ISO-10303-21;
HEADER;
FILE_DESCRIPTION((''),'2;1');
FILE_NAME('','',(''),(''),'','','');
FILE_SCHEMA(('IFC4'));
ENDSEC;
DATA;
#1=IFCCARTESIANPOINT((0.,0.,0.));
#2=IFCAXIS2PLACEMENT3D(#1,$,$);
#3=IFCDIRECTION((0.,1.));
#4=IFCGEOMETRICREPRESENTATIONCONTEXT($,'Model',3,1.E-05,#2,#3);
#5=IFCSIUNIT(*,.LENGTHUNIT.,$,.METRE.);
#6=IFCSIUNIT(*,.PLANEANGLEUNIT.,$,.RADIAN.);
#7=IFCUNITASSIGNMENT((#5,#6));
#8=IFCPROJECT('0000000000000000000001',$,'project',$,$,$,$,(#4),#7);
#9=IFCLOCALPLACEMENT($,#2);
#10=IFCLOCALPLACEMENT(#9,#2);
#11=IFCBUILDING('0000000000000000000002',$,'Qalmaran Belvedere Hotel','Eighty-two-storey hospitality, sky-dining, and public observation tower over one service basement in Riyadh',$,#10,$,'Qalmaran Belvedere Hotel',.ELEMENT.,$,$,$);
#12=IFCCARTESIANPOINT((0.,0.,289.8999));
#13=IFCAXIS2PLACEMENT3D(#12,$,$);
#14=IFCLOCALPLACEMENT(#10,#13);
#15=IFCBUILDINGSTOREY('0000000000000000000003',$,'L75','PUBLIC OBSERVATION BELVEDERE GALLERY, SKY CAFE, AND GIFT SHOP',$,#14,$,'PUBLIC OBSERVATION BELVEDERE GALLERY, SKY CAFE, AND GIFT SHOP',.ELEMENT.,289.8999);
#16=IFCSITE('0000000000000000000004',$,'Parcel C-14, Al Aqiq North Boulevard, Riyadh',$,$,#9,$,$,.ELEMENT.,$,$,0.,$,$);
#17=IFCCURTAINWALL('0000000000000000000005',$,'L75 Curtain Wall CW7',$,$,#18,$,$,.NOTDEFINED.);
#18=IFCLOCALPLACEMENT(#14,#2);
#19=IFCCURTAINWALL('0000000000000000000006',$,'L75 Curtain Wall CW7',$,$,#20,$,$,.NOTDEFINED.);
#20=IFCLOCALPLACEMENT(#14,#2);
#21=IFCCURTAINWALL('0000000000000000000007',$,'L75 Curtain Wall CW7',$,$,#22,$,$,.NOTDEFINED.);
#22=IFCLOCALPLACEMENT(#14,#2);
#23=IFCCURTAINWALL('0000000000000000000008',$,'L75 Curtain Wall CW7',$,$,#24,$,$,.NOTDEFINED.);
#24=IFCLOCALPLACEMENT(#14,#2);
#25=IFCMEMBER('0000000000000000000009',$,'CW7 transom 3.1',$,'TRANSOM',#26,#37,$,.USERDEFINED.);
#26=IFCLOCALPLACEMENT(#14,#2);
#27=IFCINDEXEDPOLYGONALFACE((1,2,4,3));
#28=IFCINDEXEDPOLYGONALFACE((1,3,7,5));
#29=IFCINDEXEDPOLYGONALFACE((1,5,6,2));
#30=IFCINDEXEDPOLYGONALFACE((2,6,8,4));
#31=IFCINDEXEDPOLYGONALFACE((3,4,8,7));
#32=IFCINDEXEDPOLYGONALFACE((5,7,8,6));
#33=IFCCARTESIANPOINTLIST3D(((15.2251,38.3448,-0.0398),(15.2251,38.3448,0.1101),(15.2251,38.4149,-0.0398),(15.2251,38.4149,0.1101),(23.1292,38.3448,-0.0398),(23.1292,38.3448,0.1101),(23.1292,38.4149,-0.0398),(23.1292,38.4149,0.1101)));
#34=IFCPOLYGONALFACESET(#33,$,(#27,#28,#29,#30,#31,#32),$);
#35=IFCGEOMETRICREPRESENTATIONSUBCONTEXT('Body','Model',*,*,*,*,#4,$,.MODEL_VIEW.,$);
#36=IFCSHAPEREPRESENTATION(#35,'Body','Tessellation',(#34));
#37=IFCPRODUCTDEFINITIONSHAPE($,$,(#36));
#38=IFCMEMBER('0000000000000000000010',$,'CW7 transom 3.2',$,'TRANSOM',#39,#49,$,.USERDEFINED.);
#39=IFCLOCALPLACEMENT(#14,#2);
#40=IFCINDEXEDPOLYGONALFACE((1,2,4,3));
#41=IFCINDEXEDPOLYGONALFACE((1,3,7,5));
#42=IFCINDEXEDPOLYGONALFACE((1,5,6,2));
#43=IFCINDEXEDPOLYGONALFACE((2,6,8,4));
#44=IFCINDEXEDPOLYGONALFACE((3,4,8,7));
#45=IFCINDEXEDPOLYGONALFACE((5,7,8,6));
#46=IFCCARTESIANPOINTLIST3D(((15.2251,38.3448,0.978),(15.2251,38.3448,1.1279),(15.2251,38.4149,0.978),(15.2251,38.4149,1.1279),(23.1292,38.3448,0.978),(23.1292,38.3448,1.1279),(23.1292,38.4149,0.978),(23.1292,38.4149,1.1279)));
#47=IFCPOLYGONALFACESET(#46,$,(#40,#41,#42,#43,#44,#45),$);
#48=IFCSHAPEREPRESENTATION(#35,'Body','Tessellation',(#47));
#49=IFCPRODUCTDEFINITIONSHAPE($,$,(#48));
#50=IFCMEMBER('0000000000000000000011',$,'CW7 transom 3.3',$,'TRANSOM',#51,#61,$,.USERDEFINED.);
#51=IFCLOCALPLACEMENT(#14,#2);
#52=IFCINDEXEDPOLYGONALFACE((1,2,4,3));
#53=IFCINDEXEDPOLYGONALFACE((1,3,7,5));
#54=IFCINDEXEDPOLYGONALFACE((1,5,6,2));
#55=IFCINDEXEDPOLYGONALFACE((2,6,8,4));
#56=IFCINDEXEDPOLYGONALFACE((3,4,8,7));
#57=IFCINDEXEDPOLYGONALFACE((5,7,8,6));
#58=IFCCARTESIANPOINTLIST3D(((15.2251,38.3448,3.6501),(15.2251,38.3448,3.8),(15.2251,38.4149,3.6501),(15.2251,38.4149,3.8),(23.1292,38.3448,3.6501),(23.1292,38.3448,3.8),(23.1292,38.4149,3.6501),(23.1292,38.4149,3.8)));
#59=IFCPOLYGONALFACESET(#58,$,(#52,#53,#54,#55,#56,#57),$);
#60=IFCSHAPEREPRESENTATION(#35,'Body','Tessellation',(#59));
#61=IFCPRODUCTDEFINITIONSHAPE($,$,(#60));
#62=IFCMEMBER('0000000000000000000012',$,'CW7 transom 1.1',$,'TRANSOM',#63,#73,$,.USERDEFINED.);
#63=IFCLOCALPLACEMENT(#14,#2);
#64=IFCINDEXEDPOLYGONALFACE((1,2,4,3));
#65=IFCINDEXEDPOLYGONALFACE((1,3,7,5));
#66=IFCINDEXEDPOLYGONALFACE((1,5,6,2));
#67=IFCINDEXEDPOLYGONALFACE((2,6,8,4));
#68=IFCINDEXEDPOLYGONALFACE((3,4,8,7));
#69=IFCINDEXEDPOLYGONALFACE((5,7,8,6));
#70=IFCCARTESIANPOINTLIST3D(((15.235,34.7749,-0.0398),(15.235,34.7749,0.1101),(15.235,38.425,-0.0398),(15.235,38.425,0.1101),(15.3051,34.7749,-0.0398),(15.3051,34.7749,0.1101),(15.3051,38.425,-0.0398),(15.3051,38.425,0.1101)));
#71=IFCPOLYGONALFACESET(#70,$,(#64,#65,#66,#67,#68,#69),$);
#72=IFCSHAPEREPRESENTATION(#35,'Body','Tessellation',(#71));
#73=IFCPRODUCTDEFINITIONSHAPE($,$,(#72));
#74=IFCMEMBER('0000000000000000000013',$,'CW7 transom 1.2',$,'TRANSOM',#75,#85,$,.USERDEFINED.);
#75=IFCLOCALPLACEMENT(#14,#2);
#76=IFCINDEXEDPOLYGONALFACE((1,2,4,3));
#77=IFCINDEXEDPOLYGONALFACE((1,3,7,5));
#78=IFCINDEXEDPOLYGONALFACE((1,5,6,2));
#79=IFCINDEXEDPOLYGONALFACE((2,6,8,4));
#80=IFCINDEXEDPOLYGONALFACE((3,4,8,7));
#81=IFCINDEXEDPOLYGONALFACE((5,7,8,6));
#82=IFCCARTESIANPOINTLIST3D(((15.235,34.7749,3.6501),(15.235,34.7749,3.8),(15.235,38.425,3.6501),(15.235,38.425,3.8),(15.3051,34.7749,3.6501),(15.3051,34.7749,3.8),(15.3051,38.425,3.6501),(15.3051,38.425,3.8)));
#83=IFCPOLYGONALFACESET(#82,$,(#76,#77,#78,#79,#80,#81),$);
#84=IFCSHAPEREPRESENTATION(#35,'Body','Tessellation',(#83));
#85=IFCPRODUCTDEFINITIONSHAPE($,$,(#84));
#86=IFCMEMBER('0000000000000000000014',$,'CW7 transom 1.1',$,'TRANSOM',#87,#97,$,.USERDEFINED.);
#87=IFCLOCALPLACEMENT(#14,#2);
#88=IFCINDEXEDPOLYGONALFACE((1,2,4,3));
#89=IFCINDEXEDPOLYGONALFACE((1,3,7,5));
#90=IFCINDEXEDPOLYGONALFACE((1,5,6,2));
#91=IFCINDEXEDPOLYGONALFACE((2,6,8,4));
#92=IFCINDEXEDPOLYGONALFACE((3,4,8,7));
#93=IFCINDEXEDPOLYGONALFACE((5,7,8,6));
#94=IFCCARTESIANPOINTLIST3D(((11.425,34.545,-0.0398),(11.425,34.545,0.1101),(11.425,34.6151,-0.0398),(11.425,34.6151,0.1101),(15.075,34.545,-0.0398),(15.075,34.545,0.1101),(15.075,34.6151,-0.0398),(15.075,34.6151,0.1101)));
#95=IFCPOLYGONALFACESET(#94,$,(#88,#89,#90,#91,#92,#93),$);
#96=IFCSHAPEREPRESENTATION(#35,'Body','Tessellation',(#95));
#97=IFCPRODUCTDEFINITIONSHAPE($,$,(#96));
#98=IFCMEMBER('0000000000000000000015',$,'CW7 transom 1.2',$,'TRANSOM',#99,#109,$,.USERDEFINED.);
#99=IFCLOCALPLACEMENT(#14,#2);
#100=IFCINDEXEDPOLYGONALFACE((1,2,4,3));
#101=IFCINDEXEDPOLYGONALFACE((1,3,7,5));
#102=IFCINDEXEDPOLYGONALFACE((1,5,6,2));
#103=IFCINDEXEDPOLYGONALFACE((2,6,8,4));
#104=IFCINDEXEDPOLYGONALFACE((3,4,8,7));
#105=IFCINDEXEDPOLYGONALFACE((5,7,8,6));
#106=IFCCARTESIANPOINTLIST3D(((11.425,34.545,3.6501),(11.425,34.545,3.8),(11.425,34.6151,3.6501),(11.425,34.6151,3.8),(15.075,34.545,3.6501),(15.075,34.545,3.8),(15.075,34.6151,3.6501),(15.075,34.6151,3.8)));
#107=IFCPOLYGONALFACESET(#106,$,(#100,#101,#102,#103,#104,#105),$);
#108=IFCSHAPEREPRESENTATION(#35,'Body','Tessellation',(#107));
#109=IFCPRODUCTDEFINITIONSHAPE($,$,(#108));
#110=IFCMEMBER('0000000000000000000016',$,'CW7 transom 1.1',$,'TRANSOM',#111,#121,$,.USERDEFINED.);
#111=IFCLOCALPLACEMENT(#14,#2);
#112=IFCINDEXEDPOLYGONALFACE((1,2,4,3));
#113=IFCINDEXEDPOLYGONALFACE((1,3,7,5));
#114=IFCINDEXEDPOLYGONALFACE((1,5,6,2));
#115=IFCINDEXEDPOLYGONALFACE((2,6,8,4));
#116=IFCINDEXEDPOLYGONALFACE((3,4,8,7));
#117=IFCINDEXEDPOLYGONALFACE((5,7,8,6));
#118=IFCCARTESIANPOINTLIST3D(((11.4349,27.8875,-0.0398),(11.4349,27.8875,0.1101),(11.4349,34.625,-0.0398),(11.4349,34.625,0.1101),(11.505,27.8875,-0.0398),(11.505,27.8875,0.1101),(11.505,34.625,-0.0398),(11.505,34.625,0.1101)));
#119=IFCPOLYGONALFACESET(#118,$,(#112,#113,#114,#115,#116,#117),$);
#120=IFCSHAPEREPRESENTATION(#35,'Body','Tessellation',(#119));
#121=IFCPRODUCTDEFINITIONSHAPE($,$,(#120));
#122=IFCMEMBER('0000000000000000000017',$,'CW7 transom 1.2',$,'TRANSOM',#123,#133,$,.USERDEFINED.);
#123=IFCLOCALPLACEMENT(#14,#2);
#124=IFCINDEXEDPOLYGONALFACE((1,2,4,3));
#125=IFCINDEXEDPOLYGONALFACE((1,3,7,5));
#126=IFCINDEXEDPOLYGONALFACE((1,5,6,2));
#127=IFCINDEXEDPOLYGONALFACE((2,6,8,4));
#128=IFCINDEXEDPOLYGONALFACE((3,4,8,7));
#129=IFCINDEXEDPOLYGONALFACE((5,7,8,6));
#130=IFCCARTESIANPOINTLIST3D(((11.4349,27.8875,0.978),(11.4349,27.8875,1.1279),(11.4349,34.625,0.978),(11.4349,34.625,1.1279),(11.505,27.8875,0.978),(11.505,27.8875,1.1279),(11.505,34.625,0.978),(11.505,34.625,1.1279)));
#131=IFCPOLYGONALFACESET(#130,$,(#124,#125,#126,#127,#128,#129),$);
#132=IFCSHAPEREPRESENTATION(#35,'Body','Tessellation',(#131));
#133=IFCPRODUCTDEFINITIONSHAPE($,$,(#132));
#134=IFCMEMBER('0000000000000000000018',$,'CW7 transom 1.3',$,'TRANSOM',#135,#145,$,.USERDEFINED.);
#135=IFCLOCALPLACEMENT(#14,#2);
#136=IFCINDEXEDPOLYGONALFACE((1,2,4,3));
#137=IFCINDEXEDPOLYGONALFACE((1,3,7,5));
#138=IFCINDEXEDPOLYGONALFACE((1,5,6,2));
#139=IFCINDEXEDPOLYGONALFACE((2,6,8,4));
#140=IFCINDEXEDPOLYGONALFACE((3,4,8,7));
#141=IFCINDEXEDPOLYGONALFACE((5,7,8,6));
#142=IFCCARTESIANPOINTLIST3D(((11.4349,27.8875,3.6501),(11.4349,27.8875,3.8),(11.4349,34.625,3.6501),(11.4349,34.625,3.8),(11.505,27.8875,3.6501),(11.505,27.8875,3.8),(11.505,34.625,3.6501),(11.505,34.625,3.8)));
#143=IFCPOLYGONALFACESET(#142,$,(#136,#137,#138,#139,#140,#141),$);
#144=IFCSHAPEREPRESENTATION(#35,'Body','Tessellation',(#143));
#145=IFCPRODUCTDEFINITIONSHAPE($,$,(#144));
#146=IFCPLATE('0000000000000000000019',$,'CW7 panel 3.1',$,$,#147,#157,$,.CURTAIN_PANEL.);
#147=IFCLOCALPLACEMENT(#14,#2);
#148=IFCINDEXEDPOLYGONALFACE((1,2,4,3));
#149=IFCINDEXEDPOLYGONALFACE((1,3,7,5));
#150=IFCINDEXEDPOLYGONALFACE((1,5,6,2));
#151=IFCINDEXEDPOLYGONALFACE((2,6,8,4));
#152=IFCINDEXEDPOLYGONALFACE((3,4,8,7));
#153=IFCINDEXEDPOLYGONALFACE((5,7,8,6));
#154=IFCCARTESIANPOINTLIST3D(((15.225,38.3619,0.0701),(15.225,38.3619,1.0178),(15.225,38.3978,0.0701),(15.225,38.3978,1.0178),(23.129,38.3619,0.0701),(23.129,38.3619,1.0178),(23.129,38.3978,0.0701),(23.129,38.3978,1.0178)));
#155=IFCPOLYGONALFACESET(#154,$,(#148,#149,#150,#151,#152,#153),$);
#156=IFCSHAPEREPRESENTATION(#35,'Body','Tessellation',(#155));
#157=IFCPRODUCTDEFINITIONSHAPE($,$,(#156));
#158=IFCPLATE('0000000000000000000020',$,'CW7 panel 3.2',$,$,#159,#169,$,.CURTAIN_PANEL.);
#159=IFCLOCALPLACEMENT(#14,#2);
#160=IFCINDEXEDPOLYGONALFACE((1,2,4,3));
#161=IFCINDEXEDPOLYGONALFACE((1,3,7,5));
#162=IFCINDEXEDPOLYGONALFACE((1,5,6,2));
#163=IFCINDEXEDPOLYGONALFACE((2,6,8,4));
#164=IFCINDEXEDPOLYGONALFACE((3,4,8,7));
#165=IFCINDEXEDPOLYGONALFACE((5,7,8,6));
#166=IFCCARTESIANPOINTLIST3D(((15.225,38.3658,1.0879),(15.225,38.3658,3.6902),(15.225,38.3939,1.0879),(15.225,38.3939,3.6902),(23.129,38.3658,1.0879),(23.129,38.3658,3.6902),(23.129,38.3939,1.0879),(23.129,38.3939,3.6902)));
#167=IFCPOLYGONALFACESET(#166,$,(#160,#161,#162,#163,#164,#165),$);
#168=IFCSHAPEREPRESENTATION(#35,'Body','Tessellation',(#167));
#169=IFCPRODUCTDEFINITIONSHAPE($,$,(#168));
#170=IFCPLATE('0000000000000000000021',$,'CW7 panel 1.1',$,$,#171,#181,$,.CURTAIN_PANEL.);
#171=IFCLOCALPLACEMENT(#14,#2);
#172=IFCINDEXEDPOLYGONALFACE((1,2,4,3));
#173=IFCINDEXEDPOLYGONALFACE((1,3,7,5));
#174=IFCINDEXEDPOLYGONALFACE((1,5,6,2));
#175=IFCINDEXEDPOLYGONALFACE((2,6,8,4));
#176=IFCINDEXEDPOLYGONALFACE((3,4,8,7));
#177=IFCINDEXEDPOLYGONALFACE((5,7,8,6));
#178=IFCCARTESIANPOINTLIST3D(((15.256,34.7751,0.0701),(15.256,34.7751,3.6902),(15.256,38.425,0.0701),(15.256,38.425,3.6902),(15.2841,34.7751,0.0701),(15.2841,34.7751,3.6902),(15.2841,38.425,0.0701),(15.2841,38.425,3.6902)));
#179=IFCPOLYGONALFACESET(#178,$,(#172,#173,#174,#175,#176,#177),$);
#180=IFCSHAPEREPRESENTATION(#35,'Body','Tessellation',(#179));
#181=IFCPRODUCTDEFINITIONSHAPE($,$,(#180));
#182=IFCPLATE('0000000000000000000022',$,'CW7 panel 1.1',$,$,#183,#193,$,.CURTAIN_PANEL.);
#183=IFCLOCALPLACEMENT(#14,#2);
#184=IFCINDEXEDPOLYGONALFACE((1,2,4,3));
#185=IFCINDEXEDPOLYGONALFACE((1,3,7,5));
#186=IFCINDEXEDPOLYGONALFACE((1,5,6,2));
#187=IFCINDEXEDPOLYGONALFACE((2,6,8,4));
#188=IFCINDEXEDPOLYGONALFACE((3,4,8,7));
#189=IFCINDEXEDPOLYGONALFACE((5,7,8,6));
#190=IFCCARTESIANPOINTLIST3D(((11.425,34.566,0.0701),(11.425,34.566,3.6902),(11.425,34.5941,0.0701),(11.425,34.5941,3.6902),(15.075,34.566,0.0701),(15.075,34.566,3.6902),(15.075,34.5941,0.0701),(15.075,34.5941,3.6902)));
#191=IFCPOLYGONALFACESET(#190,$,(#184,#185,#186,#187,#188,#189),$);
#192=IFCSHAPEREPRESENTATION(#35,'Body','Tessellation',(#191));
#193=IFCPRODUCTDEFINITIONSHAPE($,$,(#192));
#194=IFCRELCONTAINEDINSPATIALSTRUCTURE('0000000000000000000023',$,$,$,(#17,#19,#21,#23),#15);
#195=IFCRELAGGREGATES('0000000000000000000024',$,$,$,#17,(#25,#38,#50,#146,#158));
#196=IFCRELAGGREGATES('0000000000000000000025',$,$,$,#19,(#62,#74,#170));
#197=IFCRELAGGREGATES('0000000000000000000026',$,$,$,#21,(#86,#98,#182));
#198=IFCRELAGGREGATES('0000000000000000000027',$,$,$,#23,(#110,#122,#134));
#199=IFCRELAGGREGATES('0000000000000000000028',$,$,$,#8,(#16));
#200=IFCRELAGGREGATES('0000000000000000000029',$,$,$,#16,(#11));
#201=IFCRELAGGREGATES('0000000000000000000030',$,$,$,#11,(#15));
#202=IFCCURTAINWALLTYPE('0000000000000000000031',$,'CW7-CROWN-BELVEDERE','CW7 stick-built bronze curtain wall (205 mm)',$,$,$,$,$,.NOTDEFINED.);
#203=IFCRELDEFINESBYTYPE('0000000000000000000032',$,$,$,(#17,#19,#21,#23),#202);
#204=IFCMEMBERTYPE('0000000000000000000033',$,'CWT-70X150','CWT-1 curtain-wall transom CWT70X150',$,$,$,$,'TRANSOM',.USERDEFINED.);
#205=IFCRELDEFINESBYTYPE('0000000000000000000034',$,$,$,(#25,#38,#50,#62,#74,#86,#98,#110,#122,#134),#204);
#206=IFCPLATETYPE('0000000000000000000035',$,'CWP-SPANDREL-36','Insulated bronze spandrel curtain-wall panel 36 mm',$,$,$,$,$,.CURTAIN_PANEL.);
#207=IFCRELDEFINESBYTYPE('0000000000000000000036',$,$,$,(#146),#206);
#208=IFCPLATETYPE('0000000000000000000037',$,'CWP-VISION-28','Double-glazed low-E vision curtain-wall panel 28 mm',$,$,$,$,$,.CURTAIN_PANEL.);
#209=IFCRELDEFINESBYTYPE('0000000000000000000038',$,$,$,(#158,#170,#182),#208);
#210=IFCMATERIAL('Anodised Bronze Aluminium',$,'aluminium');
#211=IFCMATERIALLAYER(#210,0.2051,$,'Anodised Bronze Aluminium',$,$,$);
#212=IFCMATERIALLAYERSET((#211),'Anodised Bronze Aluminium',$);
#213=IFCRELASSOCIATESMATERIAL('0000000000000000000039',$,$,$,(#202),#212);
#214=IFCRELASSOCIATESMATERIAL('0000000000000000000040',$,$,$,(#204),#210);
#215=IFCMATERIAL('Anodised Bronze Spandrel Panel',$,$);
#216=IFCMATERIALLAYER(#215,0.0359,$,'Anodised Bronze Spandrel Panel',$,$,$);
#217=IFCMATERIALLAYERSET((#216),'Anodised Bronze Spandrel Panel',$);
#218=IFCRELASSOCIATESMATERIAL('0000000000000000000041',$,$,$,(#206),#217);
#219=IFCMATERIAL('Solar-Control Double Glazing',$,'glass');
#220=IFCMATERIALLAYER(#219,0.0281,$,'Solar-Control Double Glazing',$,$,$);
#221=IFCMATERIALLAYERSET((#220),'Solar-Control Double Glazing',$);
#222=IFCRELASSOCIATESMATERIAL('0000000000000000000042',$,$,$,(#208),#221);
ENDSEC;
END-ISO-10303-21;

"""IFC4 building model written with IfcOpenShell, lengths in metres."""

from ifc_helpers import new_model, si_unit, direction, frame, origin, origin_2d, place, context, subcontext, project, spatial, rectangle, extrude, material, layer, layer_set, material_profile, profile_set, type_object, element, aggregate, save


model = new_model("IFC4")

# Units and contexts
model_context = context("Model", 3, precision=1e-05, world=origin(), true_north=direction((0.0, 1.0)))
body_context = subcontext(model_context, "Body", "Model", "MODEL_VIEW")
ifc_project = project(units=[si_unit("LENGTHUNIT", "METRE"), si_unit("PLANEANGLEUNIT", "RADIAN")], contexts=[model_context])

# Site, building, storey
site_placement = place(None, origin())
site = spatial("IfcSite", under=ifc_project, at=site_placement, Name="Parcel C-14, Al Aqiq North Boulevard, Riyadh", CompositionType="ELEMENT", RefElevation=0.0)
building_placement = place(site_placement, origin())
building = spatial("IfcBuilding", under=site, at=building_placement, Name="Qalmaran Belvedere Hotel", Description="Eighty-two-storey hospitality, sky-dining, and public observation tower over one service basement in Riyadh", LongName="Qalmaran Belvedere Hotel", CompositionType="ELEMENT")
storey_placement = place(building_placement, frame((0.0, 0.0, 289.8999)))
storey = spatial("IfcBuildingStorey", under=building, at=storey_placement, Name="L75", Description="PUBLIC OBSERVATION BELVEDERE GALLERY, SKY CAFE, AND GIFT SHOP", LongName="PUBLIC OBSERVATION BELVEDERE GALLERY, SKY CAFE, AND GIFT SHOP", CompositionType="ELEMENT", Elevation=289.8999)

# Curtain walls
ifc_material_1 = material(Name="Anodised Bronze Aluminium", Category="aluminium")
ifc_layer_1 = layer(ifc_material_1, 0.2051, Name="Anodised Bronze Aluminium")
ifc_layer_set_1 = layer_set([ifc_layer_1], Name="Anodised Bronze Aluminium")
curtain_wall_type = type_object("IfcCurtainWallType", Name="CW7-CROWN-BELVEDERE", Description="CW7 stick-built bronze curtain wall (205 mm)", PredefinedType="NOTDEFINED", material=ifc_layer_set_1)
curtain_wall_1_placement = place(storey_placement, origin())
curtain_wall_1 = element("IfcCurtainWall", 1, at=curtain_wall_1_placement, inside=storey, type_object=curtain_wall_type, Name="L75 Curtain Wall CW7", PredefinedType="NOTDEFINED")
curtain_wall_2_placement = place(storey_placement, origin())
curtain_wall_2 = element("IfcCurtainWall", 2, at=curtain_wall_2_placement, inside=storey, type_object=curtain_wall_type, Name="L75 Curtain Wall CW7", PredefinedType="NOTDEFINED")
curtain_wall_3_placement = place(storey_placement, origin())
curtain_wall_3 = element("IfcCurtainWall", 3, at=curtain_wall_3_placement, inside=storey, type_object=curtain_wall_type, Name="L75 Curtain Wall CW7", PredefinedType="NOTDEFINED")

# Curtain wall
curtain_wall_4_placement = place(storey_placement, origin())
curtain_wall_4 = element("IfcCurtainWall", 4, at=curtain_wall_4_placement, inside=storey, type_object=curtain_wall_type, Name="L75 Curtain Wall CW7", PredefinedType="NOTDEFINED")

# Members
ifc_material_profile_1 = material_profile(ifc_material_1, rectangle(XDim=0.0701, YDim=0.1499, at=origin_2d()), Name="CWT70X150")
ifc_profile_set_1 = profile_set([ifc_material_profile_1], Name="Anodised Bronze Aluminium")
member_type_1 = type_object("IfcMemberType", Name="CWT-70X150", Description="CWT-1 curtain-wall transom CWT70X150", ElementType="TRANSOM", PredefinedType="USERDEFINED", material=ifc_profile_set_1)
member_1_placement = place(storey_placement, frame((23.1292, 38.3799, 0.0352), z_axis=(-1.0, 0.0, 0.0), x_axis=(0.0, -1.0, 0.0)))
member_1 = element("IfcMember", 5, at=member_1_placement, type_object=member_type_1, Name="CW7 transom 3.1", ObjectType="TRANSOM", PredefinedType="USERDEFINED", context=body_context, shape_type="SweptSolid", body=[
    extrude(rectangle(XDim=0.0701, YDim=0.1499, at=origin_2d()), origin(), (0.0, 0.0, 1.0), 7.9041),
])
member_2_placement = place(storey_placement, frame((23.1292, 38.3799, 1.053), z_axis=(-1.0, 0.0, 0.0), x_axis=(0.0, -1.0, 0.0)))
member_2 = element("IfcMember", 6, at=member_2_placement, type_object=member_type_1, Name="CW7 transom 3.2", ObjectType="TRANSOM", PredefinedType="USERDEFINED", context=body_context, shape_type="SweptSolid", body=[
    extrude(rectangle(XDim=0.0701, YDim=0.1499, at=origin_2d()), origin(), (0.0, 0.0, 1.0), 7.9041),
])
member_3_placement = place(storey_placement, frame((23.1292, 38.3799, 3.7251), z_axis=(-1.0, 0.0, 0.0), x_axis=(0.0, -1.0, 0.0)))
member_3 = element("IfcMember", 7, at=member_3_placement, type_object=member_type_1, Name="CW7 transom 3.3", ObjectType="TRANSOM", PredefinedType="USERDEFINED", context=body_context, shape_type="SweptSolid", body=[
    extrude(rectangle(XDim=0.0701, YDim=0.1499, at=origin_2d()), origin(), (0.0, 0.0, 1.0), 7.9041),
])
member_4_placement = place(storey_placement, frame((15.27, 38.425, 0.0352), z_axis=(0.0, -1.0, 0.0), x_axis=(1.0, 0.0, 0.0)))
member_4 = element("IfcMember", 8, at=member_4_placement, type_object=member_type_1, Name="CW7 transom 1.1", ObjectType="TRANSOM", PredefinedType="USERDEFINED", context=body_context, shape_type="SweptSolid", body=[
    extrude(rectangle(XDim=0.0701, YDim=0.1499, at=origin_2d()), origin(), (0.0, 0.0, 1.0), 3.6501),
])
member_5_placement = place(storey_placement, frame((15.27, 38.425, 3.7251), z_axis=(0.0, -1.0, 0.0), x_axis=(1.0, 0.0, 0.0)))
member_5 = element("IfcMember", 9, at=member_5_placement, type_object=member_type_1, Name="CW7 transom 1.2", ObjectType="TRANSOM", PredefinedType="USERDEFINED", context=body_context, shape_type="SweptSolid", body=[
    extrude(rectangle(XDim=0.0701, YDim=0.1499, at=origin_2d()), origin(), (0.0, 0.0, 1.0), 3.6501),
])
member_6_placement = place(storey_placement, frame((15.075, 34.5801, 0.0352), z_axis=(-1.0, 0.0, 0.0), x_axis=(0.0, -1.0, 0.0)))
member_6 = element("IfcMember", 10, at=member_6_placement, type_object=member_type_1, Name="CW7 transom 1.1", ObjectType="TRANSOM", PredefinedType="USERDEFINED", context=body_context, shape_type="SweptSolid", body=[
    extrude(rectangle(XDim=0.0701, YDim=0.1499, at=origin_2d()), origin(), (0.0, 0.0, 1.0), 3.6499),
])
member_7_placement = place(storey_placement, frame((15.075, 34.5801, 3.7251), z_axis=(-1.0, 0.0, 0.0), x_axis=(0.0, -1.0, 0.0)))
member_7 = element("IfcMember", 11, at=member_7_placement, type_object=member_type_1, Name="CW7 transom 1.2", ObjectType="TRANSOM", PredefinedType="USERDEFINED", context=body_context, shape_type="SweptSolid", body=[
    extrude(rectangle(XDim=0.0701, YDim=0.1499, at=origin_2d()), origin(), (0.0, 0.0, 1.0), 3.6499),
])
member_8_placement = place(storey_placement, frame((11.47, 34.625, 0.0352), z_axis=(0.0, -1.0, 0.0), x_axis=(1.0, 0.0, 0.0)))
member_8 = element("IfcMember", 12, at=member_8_placement, type_object=member_type_1, Name="CW7 transom 1.1", ObjectType="TRANSOM", PredefinedType="USERDEFINED", context=body_context, shape_type="SweptSolid", body=[
    extrude(rectangle(XDim=0.0701, YDim=0.1499, at=origin_2d()), origin(), (0.0, 0.0, 1.0), 6.7375),
])
member_9_placement = place(storey_placement, frame((11.47, 34.625, 1.053), z_axis=(0.0, -1.0, 0.0), x_axis=(1.0, 0.0, 0.0)))
member_9 = element("IfcMember", 13, at=member_9_placement, type_object=member_type_1, Name="CW7 transom 1.2", ObjectType="TRANSOM", PredefinedType="USERDEFINED", context=body_context, shape_type="SweptSolid", body=[
    extrude(rectangle(XDim=0.0701, YDim=0.1499, at=origin_2d()), origin(), (0.0, 0.0, 1.0), 6.7375),
])
member_10_placement = place(storey_placement, frame((11.47, 34.625, 3.7251), z_axis=(0.0, -1.0, 0.0), x_axis=(1.0, 0.0, 0.0)))
member_10 = element("IfcMember", 14, at=member_10_placement, type_object=member_type_1, Name="CW7 transom 1.3", ObjectType="TRANSOM", PredefinedType="USERDEFINED", context=body_context, shape_type="SweptSolid", body=[
    extrude(rectangle(XDim=0.0701, YDim=0.1499, at=origin_2d()), origin(), (0.0, 0.0, 1.0), 6.7375),
])

# Plates
ifc_material_2 = material(Name="Anodised Bronze Spandrel Panel")
ifc_layer_2 = layer(ifc_material_2, 0.0359, Name="Anodised Bronze Spandrel Panel")
ifc_layer_set_2 = layer_set([ifc_layer_2], Name="Anodised Bronze Spandrel Panel")
plate_type_1 = type_object("IfcPlateType", Name="CWP-SPANDREL-36", Description="Insulated bronze spandrel curtain-wall panel 36 mm", PredefinedType="CURTAIN_PANEL", material=ifc_layer_set_2)
plate_1_placement = place(storey_placement, frame((19.177, 38.3799, 0.0701), z_axis=(0.0, 0.0, 1.0), x_axis=(-1.0, 0.0, 0.0)))
plate_1 = element("IfcPlate", 15, at=plate_1_placement, type_object=plate_type_1, Name="CW7 panel 3.1", PredefinedType="CURTAIN_PANEL", context=body_context, shape_type="SweptSolid", body=[
    extrude(rectangle(XDim=7.9041, YDim=0.0359, at=origin_2d()), origin(), (0.0, 0.0, 1.0), 0.9478),
])
ifc_material_3 = material(Name="Solar-Control Double Glazing", Category="glass")
ifc_layer_3 = layer(ifc_material_3, 0.0281, Name="Solar-Control Double Glazing")
ifc_layer_set_3 = layer_set([ifc_layer_3], Name="Solar-Control Double Glazing")
plate_type_2 = type_object("IfcPlateType", Name="CWP-VISION-28", Description="Double-glazed low-E vision curtain-wall panel 28 mm", PredefinedType="CURTAIN_PANEL", material=ifc_layer_set_3)
plate_2_placement = place(storey_placement, frame((19.177, 38.3799, 1.0879), z_axis=(0.0, 0.0, 1.0), x_axis=(-1.0, 0.0, 0.0)))
plate_2 = element("IfcPlate", 16, at=plate_2_placement, type_object=plate_type_2, Name="CW7 panel 3.2", PredefinedType="CURTAIN_PANEL", context=body_context, shape_type="SweptSolid", body=[
    extrude(rectangle(XDim=7.9041, YDim=0.0281, at=origin_2d()), origin(), (0.0, 0.0, 1.0), 2.6023),
])
aggregate(curtain_wall_1, [member_1, member_2, member_3, plate_1, plate_2])
plate_3_placement = place(storey_placement, frame((15.27, 36.6001, 0.0701), z_axis=(0.0, 0.0, 1.0), x_axis=(0.0, -1.0, 0.0)))
plate_3 = element("IfcPlate", 17, at=plate_3_placement, type_object=plate_type_2, Name="CW7 panel 1.1", PredefinedType="CURTAIN_PANEL", context=body_context, shape_type="SweptSolid", body=[
    extrude(rectangle(XDim=3.6499, YDim=0.0281, at=origin_2d()), origin(), (0.0, 0.0, 1.0), 3.6201),
])
aggregate(curtain_wall_2, [member_4, member_5, plate_3])
plate_4_placement = place(storey_placement, frame((13.25, 34.5801, 0.0701), z_axis=(0.0, 0.0, 1.0), x_axis=(-1.0, 0.0, 0.0)))
plate_4 = element("IfcPlate", 18, at=plate_4_placement, type_object=plate_type_2, Name="CW7 panel 1.1", PredefinedType="CURTAIN_PANEL", context=body_context, shape_type="SweptSolid", body=[
    extrude(rectangle(XDim=3.6499, YDim=0.0281, at=origin_2d()), origin(), (0.0, 0.0, 1.0), 3.6201),
])
aggregate(curtain_wall_3, [member_6, member_7, plate_4])
aggregate(curtain_wall_4, [member_8, member_9, member_10])

save(model, "model.ifc")
